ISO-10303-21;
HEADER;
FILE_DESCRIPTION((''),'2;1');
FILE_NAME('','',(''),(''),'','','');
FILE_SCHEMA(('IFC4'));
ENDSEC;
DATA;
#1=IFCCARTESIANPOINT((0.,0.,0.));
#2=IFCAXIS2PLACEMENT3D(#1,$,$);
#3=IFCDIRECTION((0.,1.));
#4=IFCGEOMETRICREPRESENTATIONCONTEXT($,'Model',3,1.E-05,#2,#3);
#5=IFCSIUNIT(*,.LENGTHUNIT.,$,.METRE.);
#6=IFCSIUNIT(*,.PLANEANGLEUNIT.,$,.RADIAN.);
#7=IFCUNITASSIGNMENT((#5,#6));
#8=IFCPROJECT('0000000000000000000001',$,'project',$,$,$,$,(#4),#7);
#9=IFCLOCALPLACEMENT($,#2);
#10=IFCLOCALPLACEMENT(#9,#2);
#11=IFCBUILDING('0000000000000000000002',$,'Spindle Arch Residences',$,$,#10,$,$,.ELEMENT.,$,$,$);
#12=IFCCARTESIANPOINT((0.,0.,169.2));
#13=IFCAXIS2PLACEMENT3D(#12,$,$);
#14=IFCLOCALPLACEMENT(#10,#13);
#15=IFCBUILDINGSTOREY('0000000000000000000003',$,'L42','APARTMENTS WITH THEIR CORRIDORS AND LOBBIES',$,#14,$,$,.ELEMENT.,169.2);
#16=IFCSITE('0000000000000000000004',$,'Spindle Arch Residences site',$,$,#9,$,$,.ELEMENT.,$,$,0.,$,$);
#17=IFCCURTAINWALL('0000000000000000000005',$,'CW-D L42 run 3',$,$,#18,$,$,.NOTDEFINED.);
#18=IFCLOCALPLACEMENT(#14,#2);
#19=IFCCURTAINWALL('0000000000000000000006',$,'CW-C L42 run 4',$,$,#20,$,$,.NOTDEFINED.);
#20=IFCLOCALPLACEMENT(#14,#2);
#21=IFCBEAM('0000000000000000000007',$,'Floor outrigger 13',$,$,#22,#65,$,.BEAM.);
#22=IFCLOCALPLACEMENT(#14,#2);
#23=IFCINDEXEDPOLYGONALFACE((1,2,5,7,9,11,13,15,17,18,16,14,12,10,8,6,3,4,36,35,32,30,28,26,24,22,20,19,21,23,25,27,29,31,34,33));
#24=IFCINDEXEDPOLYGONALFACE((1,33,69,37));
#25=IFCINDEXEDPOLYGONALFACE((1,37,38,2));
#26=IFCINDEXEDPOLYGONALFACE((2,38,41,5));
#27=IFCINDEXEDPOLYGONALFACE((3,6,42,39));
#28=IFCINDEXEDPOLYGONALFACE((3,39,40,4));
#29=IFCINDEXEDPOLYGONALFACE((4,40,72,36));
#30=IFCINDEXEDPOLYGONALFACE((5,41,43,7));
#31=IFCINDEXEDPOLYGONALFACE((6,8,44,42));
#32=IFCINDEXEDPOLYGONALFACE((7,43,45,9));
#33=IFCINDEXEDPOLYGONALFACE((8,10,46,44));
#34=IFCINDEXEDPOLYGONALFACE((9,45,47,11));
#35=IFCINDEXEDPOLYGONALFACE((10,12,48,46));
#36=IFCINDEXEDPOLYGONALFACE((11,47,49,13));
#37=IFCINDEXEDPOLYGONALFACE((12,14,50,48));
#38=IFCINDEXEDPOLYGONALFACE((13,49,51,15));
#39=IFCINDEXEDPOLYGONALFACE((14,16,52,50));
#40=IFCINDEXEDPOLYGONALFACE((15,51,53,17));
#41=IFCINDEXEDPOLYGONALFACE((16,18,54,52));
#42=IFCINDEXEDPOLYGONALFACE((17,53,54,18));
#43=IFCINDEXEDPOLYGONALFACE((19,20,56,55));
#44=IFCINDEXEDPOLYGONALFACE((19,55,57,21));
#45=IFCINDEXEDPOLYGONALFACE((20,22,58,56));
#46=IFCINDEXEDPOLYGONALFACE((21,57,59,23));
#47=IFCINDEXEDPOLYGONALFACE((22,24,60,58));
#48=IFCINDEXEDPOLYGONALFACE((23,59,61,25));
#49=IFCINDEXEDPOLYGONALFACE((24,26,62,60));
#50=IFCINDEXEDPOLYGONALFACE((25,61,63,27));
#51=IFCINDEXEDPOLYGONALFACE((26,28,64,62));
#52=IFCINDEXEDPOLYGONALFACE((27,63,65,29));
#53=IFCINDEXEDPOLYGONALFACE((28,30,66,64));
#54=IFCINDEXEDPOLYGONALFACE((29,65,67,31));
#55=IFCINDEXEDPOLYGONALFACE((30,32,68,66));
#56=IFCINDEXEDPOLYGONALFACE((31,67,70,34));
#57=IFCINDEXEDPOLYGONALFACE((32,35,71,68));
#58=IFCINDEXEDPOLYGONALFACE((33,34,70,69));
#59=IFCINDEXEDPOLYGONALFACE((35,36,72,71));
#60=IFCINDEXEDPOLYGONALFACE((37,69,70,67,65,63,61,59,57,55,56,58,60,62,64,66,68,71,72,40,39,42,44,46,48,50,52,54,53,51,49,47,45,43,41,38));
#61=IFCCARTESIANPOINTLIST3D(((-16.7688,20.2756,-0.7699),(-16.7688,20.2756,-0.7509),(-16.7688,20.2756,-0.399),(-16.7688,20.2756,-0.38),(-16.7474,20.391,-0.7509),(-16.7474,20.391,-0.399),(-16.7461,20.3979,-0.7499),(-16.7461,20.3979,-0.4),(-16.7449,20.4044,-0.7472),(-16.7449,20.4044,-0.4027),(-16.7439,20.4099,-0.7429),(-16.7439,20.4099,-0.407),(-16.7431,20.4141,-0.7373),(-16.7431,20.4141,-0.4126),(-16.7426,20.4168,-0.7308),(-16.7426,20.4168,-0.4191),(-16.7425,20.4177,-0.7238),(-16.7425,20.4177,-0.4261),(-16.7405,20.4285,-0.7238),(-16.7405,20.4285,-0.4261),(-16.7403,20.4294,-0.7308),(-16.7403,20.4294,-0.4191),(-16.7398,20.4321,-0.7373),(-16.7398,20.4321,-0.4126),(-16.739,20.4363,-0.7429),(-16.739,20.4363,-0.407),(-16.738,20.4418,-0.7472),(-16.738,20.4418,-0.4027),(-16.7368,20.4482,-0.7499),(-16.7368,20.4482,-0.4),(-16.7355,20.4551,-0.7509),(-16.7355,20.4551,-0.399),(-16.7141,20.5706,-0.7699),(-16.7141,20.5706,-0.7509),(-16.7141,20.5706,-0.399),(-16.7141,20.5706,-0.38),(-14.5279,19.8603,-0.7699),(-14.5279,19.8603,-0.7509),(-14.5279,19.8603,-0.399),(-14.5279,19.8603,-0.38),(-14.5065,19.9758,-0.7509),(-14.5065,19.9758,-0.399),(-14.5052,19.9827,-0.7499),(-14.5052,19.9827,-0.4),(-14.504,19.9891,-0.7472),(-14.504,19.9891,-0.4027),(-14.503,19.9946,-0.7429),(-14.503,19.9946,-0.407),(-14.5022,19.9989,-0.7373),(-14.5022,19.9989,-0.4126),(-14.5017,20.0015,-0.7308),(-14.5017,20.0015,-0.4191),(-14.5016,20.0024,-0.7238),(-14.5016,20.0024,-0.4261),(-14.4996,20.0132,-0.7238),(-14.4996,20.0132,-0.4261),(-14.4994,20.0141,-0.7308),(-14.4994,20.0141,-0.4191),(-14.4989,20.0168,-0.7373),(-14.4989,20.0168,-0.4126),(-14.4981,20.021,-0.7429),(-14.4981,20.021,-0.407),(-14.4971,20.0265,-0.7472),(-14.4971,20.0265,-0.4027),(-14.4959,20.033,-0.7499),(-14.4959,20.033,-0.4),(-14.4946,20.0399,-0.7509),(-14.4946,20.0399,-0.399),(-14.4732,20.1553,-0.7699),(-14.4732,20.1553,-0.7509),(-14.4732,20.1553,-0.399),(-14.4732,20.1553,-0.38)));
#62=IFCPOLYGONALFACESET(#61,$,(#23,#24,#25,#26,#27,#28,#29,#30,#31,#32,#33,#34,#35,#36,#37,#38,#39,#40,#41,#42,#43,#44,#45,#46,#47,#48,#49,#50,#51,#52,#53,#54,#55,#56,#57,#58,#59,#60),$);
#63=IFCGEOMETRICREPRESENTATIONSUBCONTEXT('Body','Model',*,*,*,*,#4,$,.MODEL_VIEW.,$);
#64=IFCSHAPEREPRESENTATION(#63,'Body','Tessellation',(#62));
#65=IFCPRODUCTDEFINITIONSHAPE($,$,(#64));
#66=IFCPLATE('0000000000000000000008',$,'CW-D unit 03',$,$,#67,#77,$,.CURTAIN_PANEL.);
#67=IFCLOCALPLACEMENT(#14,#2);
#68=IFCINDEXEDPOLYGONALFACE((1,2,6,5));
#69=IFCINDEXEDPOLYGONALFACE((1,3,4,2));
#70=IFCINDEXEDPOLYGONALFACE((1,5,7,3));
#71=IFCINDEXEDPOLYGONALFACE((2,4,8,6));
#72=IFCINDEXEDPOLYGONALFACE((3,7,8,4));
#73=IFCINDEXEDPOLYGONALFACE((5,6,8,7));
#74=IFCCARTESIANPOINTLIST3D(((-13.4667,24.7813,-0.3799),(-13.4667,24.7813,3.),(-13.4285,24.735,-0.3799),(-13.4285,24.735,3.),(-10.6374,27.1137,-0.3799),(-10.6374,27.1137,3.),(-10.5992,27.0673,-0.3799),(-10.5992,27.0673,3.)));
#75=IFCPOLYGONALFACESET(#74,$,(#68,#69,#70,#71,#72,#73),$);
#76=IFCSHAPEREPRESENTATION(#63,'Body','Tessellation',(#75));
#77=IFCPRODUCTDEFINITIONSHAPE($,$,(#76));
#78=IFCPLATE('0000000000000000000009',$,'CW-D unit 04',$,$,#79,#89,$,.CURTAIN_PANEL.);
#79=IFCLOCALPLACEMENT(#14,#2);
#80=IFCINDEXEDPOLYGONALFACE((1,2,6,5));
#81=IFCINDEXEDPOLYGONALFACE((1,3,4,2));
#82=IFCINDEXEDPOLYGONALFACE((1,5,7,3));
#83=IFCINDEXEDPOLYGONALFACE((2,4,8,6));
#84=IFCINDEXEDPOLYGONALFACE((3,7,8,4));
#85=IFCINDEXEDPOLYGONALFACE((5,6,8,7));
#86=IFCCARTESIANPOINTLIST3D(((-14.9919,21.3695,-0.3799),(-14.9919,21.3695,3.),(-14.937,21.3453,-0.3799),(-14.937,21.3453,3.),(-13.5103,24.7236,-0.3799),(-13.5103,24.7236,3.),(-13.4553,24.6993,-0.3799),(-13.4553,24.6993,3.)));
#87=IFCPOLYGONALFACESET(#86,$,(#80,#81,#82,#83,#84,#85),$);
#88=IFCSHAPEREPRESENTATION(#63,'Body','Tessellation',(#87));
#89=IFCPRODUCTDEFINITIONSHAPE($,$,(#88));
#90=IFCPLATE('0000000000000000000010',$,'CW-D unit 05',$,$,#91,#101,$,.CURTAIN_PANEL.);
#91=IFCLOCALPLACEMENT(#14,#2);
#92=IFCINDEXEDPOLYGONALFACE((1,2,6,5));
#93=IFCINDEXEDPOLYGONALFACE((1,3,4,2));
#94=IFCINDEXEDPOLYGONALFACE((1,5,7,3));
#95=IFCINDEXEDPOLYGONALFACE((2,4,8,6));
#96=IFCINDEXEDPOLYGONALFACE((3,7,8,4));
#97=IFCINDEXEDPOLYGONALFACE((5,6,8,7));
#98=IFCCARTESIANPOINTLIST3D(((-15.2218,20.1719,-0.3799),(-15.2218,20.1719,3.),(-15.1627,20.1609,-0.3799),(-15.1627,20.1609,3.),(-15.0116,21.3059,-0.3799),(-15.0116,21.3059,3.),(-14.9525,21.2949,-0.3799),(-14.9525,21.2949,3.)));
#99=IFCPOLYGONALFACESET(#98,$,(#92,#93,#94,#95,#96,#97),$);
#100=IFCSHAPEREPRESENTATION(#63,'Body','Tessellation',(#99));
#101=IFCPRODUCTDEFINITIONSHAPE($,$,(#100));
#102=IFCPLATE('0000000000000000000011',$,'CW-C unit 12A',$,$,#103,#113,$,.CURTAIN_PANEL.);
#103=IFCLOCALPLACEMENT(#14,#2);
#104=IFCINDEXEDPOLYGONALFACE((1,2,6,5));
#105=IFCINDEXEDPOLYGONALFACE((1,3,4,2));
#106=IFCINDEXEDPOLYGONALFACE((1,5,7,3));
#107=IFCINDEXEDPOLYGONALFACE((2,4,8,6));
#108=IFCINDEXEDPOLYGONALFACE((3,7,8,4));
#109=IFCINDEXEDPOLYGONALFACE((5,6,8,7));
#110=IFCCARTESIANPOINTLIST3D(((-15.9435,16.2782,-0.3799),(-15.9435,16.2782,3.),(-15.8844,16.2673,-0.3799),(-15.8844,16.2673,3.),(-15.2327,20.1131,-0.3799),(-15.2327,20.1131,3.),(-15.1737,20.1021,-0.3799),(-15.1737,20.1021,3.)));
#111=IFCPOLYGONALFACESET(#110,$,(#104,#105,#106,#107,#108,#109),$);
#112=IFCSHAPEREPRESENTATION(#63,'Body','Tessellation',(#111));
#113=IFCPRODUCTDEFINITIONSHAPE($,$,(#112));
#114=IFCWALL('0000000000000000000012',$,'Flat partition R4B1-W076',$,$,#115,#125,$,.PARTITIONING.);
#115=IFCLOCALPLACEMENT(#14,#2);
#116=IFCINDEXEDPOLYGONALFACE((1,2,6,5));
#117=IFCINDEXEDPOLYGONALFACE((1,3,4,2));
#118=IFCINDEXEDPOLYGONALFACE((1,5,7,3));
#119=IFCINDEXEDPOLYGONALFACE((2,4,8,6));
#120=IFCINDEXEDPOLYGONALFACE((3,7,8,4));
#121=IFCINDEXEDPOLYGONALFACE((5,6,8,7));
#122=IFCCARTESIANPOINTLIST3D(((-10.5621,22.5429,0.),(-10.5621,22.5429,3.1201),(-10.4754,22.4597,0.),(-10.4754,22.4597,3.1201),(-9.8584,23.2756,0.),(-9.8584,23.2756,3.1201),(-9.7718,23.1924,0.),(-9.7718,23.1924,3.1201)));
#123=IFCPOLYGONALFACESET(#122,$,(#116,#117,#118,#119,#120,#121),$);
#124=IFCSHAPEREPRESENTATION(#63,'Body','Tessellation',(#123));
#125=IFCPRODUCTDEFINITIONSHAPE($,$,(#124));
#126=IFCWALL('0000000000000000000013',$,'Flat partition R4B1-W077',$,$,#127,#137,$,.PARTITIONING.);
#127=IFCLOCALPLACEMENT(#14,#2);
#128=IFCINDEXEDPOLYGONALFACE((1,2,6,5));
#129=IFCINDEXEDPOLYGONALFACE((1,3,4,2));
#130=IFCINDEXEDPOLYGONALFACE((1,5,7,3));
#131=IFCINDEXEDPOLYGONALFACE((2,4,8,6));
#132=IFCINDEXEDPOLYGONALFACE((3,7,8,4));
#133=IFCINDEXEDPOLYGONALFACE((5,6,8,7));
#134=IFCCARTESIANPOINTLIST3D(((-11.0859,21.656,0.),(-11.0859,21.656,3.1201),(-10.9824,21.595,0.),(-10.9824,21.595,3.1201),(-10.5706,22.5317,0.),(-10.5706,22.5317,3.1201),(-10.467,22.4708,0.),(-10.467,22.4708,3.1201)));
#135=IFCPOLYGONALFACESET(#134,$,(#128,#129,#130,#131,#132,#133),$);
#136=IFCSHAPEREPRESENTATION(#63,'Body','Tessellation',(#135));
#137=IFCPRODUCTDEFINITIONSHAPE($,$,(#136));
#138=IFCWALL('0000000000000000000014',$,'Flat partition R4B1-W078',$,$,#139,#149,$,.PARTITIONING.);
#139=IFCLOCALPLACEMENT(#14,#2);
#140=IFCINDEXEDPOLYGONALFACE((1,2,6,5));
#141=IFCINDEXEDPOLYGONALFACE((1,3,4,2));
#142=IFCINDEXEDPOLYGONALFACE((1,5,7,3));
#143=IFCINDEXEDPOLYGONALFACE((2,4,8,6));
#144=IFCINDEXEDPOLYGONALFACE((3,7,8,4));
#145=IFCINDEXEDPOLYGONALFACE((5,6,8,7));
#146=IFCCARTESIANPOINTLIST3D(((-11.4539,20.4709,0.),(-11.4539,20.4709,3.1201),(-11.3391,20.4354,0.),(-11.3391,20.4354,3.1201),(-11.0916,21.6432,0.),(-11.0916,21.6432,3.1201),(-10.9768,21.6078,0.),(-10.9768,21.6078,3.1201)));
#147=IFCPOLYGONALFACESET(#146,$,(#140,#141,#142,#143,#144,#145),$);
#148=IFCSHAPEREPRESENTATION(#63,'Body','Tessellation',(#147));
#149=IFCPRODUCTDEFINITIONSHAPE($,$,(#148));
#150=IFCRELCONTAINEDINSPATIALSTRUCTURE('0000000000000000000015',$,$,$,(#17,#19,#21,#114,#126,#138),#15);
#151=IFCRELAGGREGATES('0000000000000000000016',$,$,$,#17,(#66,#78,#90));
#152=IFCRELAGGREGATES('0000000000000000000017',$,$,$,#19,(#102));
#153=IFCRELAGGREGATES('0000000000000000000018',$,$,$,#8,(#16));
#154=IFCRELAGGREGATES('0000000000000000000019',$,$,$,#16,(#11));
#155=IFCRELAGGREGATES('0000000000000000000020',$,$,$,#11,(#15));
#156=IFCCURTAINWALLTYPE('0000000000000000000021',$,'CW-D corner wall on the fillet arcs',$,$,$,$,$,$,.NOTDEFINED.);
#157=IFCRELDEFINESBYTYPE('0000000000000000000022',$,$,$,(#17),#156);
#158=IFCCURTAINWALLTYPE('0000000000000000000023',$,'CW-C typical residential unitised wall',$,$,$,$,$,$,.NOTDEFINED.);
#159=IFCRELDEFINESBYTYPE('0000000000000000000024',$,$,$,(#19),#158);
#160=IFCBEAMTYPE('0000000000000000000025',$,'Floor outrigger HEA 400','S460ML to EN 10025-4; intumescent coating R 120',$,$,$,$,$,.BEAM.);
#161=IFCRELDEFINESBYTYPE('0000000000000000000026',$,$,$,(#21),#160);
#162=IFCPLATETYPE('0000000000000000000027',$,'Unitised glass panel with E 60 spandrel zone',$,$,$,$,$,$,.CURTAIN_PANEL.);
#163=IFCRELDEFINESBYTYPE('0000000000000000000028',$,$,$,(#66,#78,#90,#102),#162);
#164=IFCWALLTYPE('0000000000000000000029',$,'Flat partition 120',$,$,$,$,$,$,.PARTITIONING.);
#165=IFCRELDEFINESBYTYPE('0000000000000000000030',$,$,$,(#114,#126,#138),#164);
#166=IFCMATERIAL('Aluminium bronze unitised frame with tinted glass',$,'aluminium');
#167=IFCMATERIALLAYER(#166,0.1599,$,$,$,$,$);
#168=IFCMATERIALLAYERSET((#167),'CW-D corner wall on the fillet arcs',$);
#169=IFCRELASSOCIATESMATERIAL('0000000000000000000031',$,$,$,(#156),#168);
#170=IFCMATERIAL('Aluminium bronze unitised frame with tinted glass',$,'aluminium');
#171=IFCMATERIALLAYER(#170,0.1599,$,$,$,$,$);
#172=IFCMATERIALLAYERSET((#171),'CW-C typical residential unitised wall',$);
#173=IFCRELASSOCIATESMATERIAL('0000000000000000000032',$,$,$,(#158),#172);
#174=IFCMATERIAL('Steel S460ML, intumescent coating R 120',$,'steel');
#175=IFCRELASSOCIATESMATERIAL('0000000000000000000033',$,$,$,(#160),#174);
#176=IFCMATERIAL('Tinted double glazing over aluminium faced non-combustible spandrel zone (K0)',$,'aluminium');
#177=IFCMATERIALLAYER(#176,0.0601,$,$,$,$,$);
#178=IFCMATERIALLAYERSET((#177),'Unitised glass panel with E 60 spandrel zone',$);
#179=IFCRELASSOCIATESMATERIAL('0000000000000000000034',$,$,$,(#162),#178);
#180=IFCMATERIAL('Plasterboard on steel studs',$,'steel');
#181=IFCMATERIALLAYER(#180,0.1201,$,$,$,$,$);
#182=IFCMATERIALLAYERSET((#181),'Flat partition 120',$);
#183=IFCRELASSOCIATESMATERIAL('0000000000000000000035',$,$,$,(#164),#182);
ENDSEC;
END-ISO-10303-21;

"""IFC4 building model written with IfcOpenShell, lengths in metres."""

from ifc_helpers import new_model, si_unit, direction, frame, frame_2d, origin, origin_2d, place, context, subcontext, project, spatial, rectangle, i_section, extrude, material, layer, layer_set, material_profile, profile_set, type_object, element, aggregate, save


model = new_model("IFC4")

# Units and contexts
model_context = context("Model", 3, precision=1e-05, world=origin(), true_north=direction((0.0, 1.0)))
body_context = subcontext(model_context, "Body", "Model", "MODEL_VIEW")
ifc_project = project(units=[si_unit("LENGTHUNIT", "METRE"), si_unit("PLANEANGLEUNIT", "RADIAN")], contexts=[model_context])

# Site, building, storey
site_placement = place(None, origin())
site = spatial("IfcSite", under=ifc_project, at=site_placement, Name="Spindle Arch Residences site", CompositionType="ELEMENT", RefElevation=0.0)
building_placement = place(site_placement, origin())
building = spatial("IfcBuilding", under=site, at=building_placement, Name="Spindle Arch Residences", CompositionType="ELEMENT")
storey_placement = place(building_placement, frame((0.0, 0.0, 169.2)))
storey = spatial("IfcBuildingStorey", under=building, at=storey_placement, Name="L42", Description="APARTMENTS WITH THEIR CORRIDORS AND LOBBIES", CompositionType="ELEMENT", Elevation=169.2)

# Curtain wall
ifc_material_1 = material(Name="Aluminium bronze unitised frame with tinted glass", Category="aluminium")
ifc_layer_1 = layer(ifc_material_1, 0.1599)
ifc_layer_set_1 = layer_set([ifc_layer_1], Name="CW-D corner wall on the fillet arcs")
curtain_wall_type_1 = type_object("IfcCurtainWallType", Name="CW-D corner wall on the fillet arcs", PredefinedType="NOTDEFINED", material=ifc_layer_set_1)
curtain_wall_1_placement = place(storey_placement, origin())
curtain_wall_1 = element("IfcCurtainWall", 1, at=curtain_wall_1_placement, inside=storey, type_object=curtain_wall_type_1, Name="CW-D L42 run 3", PredefinedType="NOTDEFINED")

# Curtain wall
ifc_material_2 = material(Name="Aluminium bronze unitised frame with tinted glass", Category="aluminium")
ifc_layer_2 = layer(ifc_material_2, 0.1599)
ifc_layer_set_2 = layer_set([ifc_layer_2], Name="CW-C typical residential unitised wall")
curtain_wall_type_2 = type_object("IfcCurtainWallType", Name="CW-C typical residential unitised wall", PredefinedType="NOTDEFINED", material=ifc_layer_set_2)
curtain_wall_2_placement = place(storey_placement, origin())
curtain_wall_2 = element("IfcCurtainWall", 2, at=curtain_wall_2_placement, inside=storey, type_object=curtain_wall_type_2, Name="CW-C L42 run 4", PredefinedType="NOTDEFINED")

# Beam
ifc_material_3 = material(Name="Steel S460ML, intumescent coating R 120", Category="steel")
ifc_material_profile_1 = material_profile(ifc_material_3, i_section(OverallWidth=0.3, OverallDepth=0.3899, WebThickness=0.011, FlangeThickness=0.019, FilletRadius=0.0271, at=origin_2d()), Name="HEA 400")
ifc_profile_set_1 = profile_set([ifc_material_profile_1], Name="Steel S460ML, intumescent coating R 120")
beam_type_1 = type_object("IfcBeamType", Name="Floor outrigger HEA 400", Description="S460ML to EN 10025-4; intumescent coating R 120", PredefinedType="BEAM", material=ifc_profile_set_1)
beam_1_placement = place(storey_placement, frame((-16.7415, 20.4231, -0.575), z_axis=(0.983259, -0.182212, 0.0), x_axis=(0.182212, 0.983259, 0.0)))
element("IfcBeam", 3, at=beam_1_placement, inside=storey, type_object=beam_type_1, Name="Floor outrigger 13", PredefinedType="BEAM", context=body_context, shape_type="SweptSolid", body=[
    extrude(i_section(OverallWidth=0.3, OverallDepth=0.3899, WebThickness=0.011, FlangeThickness=0.019, FilletRadius=0.0271, at=origin_2d()), origin(), (0.0, 0.0, 1.0), 2.2791),
])

# Plates
ifc_material_4 = material(Name="Tinted double glazing over aluminium faced non-combustible spandrel zone (K0)", Category="aluminium")
ifc_layer_3 = layer(ifc_material_4, 0.0601)
ifc_layer_set_3 = layer_set([ifc_layer_3], Name="Unitised glass panel with E 60 spandrel zone")
plate_type = type_object("IfcPlateType", Name="Unitised glass panel with E 60 spandrel zone", PredefinedType="CURTAIN_PANEL", material=ifc_layer_set_3)
plate_1_placement = place(storey_placement, frame((-12.033, 25.9243, -0.3799), z_axis=(0.0, 0.0, 1.0), x_axis=(-0.771625, -0.636078, 0.0)))
plate_1 = element("IfcPlate", 4, at=plate_1_placement, type_object=plate_type, Name="CW-D unit 03", PredefinedType="CURTAIN_PANEL", context=body_context, shape_type="SweptSolid", body=[
    extrude(rectangle(XDim=3.6667, YDim=0.0601, at=origin_2d()), origin(), (0.0, 0.0, 1.0), 3.3799),
])
plate_2_placement = place(storey_placement, frame((-14.2236, 23.0344, -0.3799), z_axis=(0.0, 0.0, 1.0), x_axis=(-0.404078, -0.914725, 0.0)))
plate_2 = element("IfcPlate", 5, at=plate_2_placement, type_object=plate_type, Name="CW-D unit 04", PredefinedType="CURTAIN_PANEL", context=body_context, shape_type="SweptSolid", body=[
    extrude(rectangle(XDim=3.6667, YDim=0.0601, at=origin_2d()), origin(), (0.0, 0.0, 1.0), 3.3799),
])
plate_3_placement = place(storey_placement, frame((-15.0872, 20.7334, -0.3799), z_axis=(0.0, 0.0, 1.0), x_axis=(-0.182236, -0.983255, 0.0)))
plate_3 = element("IfcPlate", 6, at=plate_3_placement, type_object=plate_type, Name="CW-D unit 05", PredefinedType="CURTAIN_PANEL", context=body_context, shape_type="SweptSolid", body=[
    extrude(rectangle(XDim=1.1533, YDim=0.0601, at=origin_2d()), origin(), (0.0, 0.0, 1.0), 3.3799),
])
aggregate(curtain_wall_1, [plate_1, plate_2, plate_3])
plate_4_placement = place(storey_placement, frame((-15.5586, 18.1902, -0.3799), z_axis=(0.0, 0.0, 1.0), x_axis=(-0.182236, -0.983255, 0.0)))
plate_4 = element("IfcPlate", 7, at=plate_4_placement, type_object=plate_type, Name="CW-C unit 12A", PredefinedType="CURTAIN_PANEL", context=body_context, shape_type="SweptSolid", body=[
    extrude(rectangle(XDim=3.9001, YDim=0.0601, at=origin_2d()), origin(), (0.0, 0.0, 1.0), 3.3799),
])
aggregate(curtain_wall_2, [plate_4])

# Walls
ifc_material_5 = material(Name="Plasterboard on steel studs", Category="steel")
ifc_layer_4 = layer(ifc_material_5, 0.1201)
ifc_layer_set_4 = layer_set([ifc_layer_4], Name="Flat partition 120")
wall_type = type_object("IfcWallType", Name="Flat partition 120", PredefinedType="PARTITIONING", material=ifc_layer_set_4)
wall_1_placement = place(storey_placement, frame((-9.8152, 23.2339, 0.0), z_axis=(0.0, 0.0, 1.0), x_axis=(-0.692662, -0.721262, 0.0)))
element("IfcWall", 8, at=wall_1_placement, inside=storey, type_object=wall_type, Name="Flat partition R4B1-W076", PredefinedType="PARTITIONING", context=body_context, shape_type="SweptSolid", body=[
    extrude(rectangle(XDim=1.0159, YDim=0.1201, at=frame_2d((0.5078, 0.0))), origin(), (0.0, 0.0, 1.0), 3.1201),
])
wall_2_placement = place(storey_placement, frame((-10.5188, 22.5012, 0.0), z_axis=(0.0, 0.0, 1.0), x_axis=(-0.507199, -0.861829, 0.0)))
element("IfcWall", 9, at=wall_2_placement, inside=storey, type_object=wall_type, Name="Flat partition R4B1-W077", PredefinedType="PARTITIONING", context=body_context, shape_type="SweptSolid", body=[
    extrude(rectangle(XDim=1.0161, YDim=0.1201, at=frame_2d((0.5081, 0.0))), origin(), (0.0, 0.0, 1.0), 3.1201),
])
wall_3_placement = place(storey_placement, frame((-11.0342, 21.6255, 0.0), z_axis=(0.0, 0.0, 1.0), x_axis=(-0.29526, -0.955417, 0.0)))
element("IfcWall", 10, at=wall_3_placement, inside=storey, type_object=wall_type, Name="Flat partition R4B1-W078", PredefinedType="PARTITIONING", context=body_context, shape_type="SweptSolid", body=[
    extrude(rectangle(XDim=1.2271, YDim=0.1201, at=frame_2d((0.6135, 0.0))), origin(), (0.0, 0.0, 1.0), 3.1201),
])

save(model, "model.ifc")
